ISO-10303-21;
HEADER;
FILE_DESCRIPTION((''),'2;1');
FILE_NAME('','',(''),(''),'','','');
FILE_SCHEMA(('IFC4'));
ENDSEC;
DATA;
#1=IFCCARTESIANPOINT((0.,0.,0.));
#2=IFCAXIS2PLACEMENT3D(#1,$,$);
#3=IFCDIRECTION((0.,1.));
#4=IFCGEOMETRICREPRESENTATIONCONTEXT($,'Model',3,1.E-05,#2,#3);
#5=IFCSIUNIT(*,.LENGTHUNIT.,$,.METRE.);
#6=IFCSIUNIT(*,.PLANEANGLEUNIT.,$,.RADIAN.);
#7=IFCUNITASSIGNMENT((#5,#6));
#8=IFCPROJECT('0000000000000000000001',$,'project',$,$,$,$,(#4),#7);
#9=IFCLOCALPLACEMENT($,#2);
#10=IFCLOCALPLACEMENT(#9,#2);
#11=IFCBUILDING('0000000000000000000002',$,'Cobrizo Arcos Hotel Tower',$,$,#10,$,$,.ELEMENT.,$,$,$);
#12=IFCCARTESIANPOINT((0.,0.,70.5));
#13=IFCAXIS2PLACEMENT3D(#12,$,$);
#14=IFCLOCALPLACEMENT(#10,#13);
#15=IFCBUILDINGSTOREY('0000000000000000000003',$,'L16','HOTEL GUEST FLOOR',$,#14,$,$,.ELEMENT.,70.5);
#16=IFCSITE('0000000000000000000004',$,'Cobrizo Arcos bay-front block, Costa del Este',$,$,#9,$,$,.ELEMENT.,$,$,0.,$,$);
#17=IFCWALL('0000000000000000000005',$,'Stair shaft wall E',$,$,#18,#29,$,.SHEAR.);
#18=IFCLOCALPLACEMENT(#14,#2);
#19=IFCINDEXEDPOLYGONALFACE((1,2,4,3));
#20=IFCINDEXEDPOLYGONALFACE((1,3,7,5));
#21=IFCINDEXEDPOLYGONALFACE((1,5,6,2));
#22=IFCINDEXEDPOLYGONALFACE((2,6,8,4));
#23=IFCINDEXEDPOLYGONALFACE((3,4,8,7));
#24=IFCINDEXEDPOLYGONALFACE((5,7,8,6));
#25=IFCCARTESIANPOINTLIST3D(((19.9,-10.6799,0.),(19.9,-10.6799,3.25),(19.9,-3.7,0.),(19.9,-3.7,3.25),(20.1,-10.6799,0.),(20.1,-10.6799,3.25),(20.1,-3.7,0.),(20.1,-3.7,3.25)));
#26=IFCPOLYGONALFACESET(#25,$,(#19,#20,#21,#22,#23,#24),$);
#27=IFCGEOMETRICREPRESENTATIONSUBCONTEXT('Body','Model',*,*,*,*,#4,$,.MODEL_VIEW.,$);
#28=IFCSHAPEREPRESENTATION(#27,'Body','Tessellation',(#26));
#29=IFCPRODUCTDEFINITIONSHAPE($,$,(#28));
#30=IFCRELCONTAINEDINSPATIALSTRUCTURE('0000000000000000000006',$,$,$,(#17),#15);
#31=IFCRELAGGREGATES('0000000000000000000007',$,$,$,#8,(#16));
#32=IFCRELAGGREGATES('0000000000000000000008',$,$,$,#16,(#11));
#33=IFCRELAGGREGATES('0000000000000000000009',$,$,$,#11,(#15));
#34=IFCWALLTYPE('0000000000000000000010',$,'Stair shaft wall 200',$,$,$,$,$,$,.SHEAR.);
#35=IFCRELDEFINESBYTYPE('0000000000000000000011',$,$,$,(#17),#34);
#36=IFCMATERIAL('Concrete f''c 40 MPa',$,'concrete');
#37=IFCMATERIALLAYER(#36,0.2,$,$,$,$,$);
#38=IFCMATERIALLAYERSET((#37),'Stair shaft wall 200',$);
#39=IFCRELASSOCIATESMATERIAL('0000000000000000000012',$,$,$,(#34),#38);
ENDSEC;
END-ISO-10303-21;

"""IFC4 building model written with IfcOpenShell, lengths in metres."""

from ifc_helpers import new_model, si_unit, direction, frame, frame_2d, origin, place, context, subcontext, project, spatial, rectangle, extrude, material, layer, layer_set, type_object, element, save


model = new_model("IFC4")

# Units and contexts
model_context = context("Model", 3, precision=1e-05, world=origin(), true_north=direction((0.0, 1.0)))
body_context = subcontext(model_context, "Body", "Model", "MODEL_VIEW")
ifc_project = project(units=[si_unit("LENGTHUNIT", "METRE"), si_unit("PLANEANGLEUNIT", "RADIAN")], contexts=[model_context])

# Site, building, storey
site_placement = place(None, origin())
site = spatial("IfcSite", under=ifc_project, at=site_placement, Name="Cobrizo Arcos bay-front block, Costa del Este", CompositionType="ELEMENT", RefElevation=0.0)
building_placement = place(site_placement, origin())
building = spatial("IfcBuilding", under=site, at=building_placement, Name="Cobrizo Arcos Hotel Tower", CompositionType="ELEMENT")
storey_placement = place(building_placement, frame((0.0, 0.0, 70.5)))
storey = spatial("IfcBuildingStorey", under=building, at=storey_placement, Name="L16", Description="HOTEL GUEST FLOOR", CompositionType="ELEMENT", Elevation=70.5)

# Wall
ifc_material_1 = material(Name="Concrete f'c 40 MPa", Category="concrete")
ifc_layer_1 = layer(ifc_material_1, 0.2)
ifc_layer_set_1 = layer_set([ifc_layer_1], Name="Stair shaft wall 200")
wall_type_1 = type_object("IfcWallType", Name="Stair shaft wall 200", PredefinedType="SHEAR", material=ifc_layer_set_1)
wall_1_placement = place(storey_placement, frame((20.0, -10.6799, 0.0), z_axis=(0.0, 0.0, 1.0), x_axis=(0.0, 1.0, 0.0)))
element("IfcWall", 1, at=wall_1_placement, inside=storey, type_object=wall_type_1, Name="Stair shaft wall E", PredefinedType="SHEAR", context=body_context, shape_type="SweptSolid", body=[
    extrude(rectangle(XDim=6.98, YDim=0.2, at=frame_2d((3.49, 0.0))), origin(), (0.0, 0.0, 1.0), 3.25),
])

save(model, "model.ifc")
